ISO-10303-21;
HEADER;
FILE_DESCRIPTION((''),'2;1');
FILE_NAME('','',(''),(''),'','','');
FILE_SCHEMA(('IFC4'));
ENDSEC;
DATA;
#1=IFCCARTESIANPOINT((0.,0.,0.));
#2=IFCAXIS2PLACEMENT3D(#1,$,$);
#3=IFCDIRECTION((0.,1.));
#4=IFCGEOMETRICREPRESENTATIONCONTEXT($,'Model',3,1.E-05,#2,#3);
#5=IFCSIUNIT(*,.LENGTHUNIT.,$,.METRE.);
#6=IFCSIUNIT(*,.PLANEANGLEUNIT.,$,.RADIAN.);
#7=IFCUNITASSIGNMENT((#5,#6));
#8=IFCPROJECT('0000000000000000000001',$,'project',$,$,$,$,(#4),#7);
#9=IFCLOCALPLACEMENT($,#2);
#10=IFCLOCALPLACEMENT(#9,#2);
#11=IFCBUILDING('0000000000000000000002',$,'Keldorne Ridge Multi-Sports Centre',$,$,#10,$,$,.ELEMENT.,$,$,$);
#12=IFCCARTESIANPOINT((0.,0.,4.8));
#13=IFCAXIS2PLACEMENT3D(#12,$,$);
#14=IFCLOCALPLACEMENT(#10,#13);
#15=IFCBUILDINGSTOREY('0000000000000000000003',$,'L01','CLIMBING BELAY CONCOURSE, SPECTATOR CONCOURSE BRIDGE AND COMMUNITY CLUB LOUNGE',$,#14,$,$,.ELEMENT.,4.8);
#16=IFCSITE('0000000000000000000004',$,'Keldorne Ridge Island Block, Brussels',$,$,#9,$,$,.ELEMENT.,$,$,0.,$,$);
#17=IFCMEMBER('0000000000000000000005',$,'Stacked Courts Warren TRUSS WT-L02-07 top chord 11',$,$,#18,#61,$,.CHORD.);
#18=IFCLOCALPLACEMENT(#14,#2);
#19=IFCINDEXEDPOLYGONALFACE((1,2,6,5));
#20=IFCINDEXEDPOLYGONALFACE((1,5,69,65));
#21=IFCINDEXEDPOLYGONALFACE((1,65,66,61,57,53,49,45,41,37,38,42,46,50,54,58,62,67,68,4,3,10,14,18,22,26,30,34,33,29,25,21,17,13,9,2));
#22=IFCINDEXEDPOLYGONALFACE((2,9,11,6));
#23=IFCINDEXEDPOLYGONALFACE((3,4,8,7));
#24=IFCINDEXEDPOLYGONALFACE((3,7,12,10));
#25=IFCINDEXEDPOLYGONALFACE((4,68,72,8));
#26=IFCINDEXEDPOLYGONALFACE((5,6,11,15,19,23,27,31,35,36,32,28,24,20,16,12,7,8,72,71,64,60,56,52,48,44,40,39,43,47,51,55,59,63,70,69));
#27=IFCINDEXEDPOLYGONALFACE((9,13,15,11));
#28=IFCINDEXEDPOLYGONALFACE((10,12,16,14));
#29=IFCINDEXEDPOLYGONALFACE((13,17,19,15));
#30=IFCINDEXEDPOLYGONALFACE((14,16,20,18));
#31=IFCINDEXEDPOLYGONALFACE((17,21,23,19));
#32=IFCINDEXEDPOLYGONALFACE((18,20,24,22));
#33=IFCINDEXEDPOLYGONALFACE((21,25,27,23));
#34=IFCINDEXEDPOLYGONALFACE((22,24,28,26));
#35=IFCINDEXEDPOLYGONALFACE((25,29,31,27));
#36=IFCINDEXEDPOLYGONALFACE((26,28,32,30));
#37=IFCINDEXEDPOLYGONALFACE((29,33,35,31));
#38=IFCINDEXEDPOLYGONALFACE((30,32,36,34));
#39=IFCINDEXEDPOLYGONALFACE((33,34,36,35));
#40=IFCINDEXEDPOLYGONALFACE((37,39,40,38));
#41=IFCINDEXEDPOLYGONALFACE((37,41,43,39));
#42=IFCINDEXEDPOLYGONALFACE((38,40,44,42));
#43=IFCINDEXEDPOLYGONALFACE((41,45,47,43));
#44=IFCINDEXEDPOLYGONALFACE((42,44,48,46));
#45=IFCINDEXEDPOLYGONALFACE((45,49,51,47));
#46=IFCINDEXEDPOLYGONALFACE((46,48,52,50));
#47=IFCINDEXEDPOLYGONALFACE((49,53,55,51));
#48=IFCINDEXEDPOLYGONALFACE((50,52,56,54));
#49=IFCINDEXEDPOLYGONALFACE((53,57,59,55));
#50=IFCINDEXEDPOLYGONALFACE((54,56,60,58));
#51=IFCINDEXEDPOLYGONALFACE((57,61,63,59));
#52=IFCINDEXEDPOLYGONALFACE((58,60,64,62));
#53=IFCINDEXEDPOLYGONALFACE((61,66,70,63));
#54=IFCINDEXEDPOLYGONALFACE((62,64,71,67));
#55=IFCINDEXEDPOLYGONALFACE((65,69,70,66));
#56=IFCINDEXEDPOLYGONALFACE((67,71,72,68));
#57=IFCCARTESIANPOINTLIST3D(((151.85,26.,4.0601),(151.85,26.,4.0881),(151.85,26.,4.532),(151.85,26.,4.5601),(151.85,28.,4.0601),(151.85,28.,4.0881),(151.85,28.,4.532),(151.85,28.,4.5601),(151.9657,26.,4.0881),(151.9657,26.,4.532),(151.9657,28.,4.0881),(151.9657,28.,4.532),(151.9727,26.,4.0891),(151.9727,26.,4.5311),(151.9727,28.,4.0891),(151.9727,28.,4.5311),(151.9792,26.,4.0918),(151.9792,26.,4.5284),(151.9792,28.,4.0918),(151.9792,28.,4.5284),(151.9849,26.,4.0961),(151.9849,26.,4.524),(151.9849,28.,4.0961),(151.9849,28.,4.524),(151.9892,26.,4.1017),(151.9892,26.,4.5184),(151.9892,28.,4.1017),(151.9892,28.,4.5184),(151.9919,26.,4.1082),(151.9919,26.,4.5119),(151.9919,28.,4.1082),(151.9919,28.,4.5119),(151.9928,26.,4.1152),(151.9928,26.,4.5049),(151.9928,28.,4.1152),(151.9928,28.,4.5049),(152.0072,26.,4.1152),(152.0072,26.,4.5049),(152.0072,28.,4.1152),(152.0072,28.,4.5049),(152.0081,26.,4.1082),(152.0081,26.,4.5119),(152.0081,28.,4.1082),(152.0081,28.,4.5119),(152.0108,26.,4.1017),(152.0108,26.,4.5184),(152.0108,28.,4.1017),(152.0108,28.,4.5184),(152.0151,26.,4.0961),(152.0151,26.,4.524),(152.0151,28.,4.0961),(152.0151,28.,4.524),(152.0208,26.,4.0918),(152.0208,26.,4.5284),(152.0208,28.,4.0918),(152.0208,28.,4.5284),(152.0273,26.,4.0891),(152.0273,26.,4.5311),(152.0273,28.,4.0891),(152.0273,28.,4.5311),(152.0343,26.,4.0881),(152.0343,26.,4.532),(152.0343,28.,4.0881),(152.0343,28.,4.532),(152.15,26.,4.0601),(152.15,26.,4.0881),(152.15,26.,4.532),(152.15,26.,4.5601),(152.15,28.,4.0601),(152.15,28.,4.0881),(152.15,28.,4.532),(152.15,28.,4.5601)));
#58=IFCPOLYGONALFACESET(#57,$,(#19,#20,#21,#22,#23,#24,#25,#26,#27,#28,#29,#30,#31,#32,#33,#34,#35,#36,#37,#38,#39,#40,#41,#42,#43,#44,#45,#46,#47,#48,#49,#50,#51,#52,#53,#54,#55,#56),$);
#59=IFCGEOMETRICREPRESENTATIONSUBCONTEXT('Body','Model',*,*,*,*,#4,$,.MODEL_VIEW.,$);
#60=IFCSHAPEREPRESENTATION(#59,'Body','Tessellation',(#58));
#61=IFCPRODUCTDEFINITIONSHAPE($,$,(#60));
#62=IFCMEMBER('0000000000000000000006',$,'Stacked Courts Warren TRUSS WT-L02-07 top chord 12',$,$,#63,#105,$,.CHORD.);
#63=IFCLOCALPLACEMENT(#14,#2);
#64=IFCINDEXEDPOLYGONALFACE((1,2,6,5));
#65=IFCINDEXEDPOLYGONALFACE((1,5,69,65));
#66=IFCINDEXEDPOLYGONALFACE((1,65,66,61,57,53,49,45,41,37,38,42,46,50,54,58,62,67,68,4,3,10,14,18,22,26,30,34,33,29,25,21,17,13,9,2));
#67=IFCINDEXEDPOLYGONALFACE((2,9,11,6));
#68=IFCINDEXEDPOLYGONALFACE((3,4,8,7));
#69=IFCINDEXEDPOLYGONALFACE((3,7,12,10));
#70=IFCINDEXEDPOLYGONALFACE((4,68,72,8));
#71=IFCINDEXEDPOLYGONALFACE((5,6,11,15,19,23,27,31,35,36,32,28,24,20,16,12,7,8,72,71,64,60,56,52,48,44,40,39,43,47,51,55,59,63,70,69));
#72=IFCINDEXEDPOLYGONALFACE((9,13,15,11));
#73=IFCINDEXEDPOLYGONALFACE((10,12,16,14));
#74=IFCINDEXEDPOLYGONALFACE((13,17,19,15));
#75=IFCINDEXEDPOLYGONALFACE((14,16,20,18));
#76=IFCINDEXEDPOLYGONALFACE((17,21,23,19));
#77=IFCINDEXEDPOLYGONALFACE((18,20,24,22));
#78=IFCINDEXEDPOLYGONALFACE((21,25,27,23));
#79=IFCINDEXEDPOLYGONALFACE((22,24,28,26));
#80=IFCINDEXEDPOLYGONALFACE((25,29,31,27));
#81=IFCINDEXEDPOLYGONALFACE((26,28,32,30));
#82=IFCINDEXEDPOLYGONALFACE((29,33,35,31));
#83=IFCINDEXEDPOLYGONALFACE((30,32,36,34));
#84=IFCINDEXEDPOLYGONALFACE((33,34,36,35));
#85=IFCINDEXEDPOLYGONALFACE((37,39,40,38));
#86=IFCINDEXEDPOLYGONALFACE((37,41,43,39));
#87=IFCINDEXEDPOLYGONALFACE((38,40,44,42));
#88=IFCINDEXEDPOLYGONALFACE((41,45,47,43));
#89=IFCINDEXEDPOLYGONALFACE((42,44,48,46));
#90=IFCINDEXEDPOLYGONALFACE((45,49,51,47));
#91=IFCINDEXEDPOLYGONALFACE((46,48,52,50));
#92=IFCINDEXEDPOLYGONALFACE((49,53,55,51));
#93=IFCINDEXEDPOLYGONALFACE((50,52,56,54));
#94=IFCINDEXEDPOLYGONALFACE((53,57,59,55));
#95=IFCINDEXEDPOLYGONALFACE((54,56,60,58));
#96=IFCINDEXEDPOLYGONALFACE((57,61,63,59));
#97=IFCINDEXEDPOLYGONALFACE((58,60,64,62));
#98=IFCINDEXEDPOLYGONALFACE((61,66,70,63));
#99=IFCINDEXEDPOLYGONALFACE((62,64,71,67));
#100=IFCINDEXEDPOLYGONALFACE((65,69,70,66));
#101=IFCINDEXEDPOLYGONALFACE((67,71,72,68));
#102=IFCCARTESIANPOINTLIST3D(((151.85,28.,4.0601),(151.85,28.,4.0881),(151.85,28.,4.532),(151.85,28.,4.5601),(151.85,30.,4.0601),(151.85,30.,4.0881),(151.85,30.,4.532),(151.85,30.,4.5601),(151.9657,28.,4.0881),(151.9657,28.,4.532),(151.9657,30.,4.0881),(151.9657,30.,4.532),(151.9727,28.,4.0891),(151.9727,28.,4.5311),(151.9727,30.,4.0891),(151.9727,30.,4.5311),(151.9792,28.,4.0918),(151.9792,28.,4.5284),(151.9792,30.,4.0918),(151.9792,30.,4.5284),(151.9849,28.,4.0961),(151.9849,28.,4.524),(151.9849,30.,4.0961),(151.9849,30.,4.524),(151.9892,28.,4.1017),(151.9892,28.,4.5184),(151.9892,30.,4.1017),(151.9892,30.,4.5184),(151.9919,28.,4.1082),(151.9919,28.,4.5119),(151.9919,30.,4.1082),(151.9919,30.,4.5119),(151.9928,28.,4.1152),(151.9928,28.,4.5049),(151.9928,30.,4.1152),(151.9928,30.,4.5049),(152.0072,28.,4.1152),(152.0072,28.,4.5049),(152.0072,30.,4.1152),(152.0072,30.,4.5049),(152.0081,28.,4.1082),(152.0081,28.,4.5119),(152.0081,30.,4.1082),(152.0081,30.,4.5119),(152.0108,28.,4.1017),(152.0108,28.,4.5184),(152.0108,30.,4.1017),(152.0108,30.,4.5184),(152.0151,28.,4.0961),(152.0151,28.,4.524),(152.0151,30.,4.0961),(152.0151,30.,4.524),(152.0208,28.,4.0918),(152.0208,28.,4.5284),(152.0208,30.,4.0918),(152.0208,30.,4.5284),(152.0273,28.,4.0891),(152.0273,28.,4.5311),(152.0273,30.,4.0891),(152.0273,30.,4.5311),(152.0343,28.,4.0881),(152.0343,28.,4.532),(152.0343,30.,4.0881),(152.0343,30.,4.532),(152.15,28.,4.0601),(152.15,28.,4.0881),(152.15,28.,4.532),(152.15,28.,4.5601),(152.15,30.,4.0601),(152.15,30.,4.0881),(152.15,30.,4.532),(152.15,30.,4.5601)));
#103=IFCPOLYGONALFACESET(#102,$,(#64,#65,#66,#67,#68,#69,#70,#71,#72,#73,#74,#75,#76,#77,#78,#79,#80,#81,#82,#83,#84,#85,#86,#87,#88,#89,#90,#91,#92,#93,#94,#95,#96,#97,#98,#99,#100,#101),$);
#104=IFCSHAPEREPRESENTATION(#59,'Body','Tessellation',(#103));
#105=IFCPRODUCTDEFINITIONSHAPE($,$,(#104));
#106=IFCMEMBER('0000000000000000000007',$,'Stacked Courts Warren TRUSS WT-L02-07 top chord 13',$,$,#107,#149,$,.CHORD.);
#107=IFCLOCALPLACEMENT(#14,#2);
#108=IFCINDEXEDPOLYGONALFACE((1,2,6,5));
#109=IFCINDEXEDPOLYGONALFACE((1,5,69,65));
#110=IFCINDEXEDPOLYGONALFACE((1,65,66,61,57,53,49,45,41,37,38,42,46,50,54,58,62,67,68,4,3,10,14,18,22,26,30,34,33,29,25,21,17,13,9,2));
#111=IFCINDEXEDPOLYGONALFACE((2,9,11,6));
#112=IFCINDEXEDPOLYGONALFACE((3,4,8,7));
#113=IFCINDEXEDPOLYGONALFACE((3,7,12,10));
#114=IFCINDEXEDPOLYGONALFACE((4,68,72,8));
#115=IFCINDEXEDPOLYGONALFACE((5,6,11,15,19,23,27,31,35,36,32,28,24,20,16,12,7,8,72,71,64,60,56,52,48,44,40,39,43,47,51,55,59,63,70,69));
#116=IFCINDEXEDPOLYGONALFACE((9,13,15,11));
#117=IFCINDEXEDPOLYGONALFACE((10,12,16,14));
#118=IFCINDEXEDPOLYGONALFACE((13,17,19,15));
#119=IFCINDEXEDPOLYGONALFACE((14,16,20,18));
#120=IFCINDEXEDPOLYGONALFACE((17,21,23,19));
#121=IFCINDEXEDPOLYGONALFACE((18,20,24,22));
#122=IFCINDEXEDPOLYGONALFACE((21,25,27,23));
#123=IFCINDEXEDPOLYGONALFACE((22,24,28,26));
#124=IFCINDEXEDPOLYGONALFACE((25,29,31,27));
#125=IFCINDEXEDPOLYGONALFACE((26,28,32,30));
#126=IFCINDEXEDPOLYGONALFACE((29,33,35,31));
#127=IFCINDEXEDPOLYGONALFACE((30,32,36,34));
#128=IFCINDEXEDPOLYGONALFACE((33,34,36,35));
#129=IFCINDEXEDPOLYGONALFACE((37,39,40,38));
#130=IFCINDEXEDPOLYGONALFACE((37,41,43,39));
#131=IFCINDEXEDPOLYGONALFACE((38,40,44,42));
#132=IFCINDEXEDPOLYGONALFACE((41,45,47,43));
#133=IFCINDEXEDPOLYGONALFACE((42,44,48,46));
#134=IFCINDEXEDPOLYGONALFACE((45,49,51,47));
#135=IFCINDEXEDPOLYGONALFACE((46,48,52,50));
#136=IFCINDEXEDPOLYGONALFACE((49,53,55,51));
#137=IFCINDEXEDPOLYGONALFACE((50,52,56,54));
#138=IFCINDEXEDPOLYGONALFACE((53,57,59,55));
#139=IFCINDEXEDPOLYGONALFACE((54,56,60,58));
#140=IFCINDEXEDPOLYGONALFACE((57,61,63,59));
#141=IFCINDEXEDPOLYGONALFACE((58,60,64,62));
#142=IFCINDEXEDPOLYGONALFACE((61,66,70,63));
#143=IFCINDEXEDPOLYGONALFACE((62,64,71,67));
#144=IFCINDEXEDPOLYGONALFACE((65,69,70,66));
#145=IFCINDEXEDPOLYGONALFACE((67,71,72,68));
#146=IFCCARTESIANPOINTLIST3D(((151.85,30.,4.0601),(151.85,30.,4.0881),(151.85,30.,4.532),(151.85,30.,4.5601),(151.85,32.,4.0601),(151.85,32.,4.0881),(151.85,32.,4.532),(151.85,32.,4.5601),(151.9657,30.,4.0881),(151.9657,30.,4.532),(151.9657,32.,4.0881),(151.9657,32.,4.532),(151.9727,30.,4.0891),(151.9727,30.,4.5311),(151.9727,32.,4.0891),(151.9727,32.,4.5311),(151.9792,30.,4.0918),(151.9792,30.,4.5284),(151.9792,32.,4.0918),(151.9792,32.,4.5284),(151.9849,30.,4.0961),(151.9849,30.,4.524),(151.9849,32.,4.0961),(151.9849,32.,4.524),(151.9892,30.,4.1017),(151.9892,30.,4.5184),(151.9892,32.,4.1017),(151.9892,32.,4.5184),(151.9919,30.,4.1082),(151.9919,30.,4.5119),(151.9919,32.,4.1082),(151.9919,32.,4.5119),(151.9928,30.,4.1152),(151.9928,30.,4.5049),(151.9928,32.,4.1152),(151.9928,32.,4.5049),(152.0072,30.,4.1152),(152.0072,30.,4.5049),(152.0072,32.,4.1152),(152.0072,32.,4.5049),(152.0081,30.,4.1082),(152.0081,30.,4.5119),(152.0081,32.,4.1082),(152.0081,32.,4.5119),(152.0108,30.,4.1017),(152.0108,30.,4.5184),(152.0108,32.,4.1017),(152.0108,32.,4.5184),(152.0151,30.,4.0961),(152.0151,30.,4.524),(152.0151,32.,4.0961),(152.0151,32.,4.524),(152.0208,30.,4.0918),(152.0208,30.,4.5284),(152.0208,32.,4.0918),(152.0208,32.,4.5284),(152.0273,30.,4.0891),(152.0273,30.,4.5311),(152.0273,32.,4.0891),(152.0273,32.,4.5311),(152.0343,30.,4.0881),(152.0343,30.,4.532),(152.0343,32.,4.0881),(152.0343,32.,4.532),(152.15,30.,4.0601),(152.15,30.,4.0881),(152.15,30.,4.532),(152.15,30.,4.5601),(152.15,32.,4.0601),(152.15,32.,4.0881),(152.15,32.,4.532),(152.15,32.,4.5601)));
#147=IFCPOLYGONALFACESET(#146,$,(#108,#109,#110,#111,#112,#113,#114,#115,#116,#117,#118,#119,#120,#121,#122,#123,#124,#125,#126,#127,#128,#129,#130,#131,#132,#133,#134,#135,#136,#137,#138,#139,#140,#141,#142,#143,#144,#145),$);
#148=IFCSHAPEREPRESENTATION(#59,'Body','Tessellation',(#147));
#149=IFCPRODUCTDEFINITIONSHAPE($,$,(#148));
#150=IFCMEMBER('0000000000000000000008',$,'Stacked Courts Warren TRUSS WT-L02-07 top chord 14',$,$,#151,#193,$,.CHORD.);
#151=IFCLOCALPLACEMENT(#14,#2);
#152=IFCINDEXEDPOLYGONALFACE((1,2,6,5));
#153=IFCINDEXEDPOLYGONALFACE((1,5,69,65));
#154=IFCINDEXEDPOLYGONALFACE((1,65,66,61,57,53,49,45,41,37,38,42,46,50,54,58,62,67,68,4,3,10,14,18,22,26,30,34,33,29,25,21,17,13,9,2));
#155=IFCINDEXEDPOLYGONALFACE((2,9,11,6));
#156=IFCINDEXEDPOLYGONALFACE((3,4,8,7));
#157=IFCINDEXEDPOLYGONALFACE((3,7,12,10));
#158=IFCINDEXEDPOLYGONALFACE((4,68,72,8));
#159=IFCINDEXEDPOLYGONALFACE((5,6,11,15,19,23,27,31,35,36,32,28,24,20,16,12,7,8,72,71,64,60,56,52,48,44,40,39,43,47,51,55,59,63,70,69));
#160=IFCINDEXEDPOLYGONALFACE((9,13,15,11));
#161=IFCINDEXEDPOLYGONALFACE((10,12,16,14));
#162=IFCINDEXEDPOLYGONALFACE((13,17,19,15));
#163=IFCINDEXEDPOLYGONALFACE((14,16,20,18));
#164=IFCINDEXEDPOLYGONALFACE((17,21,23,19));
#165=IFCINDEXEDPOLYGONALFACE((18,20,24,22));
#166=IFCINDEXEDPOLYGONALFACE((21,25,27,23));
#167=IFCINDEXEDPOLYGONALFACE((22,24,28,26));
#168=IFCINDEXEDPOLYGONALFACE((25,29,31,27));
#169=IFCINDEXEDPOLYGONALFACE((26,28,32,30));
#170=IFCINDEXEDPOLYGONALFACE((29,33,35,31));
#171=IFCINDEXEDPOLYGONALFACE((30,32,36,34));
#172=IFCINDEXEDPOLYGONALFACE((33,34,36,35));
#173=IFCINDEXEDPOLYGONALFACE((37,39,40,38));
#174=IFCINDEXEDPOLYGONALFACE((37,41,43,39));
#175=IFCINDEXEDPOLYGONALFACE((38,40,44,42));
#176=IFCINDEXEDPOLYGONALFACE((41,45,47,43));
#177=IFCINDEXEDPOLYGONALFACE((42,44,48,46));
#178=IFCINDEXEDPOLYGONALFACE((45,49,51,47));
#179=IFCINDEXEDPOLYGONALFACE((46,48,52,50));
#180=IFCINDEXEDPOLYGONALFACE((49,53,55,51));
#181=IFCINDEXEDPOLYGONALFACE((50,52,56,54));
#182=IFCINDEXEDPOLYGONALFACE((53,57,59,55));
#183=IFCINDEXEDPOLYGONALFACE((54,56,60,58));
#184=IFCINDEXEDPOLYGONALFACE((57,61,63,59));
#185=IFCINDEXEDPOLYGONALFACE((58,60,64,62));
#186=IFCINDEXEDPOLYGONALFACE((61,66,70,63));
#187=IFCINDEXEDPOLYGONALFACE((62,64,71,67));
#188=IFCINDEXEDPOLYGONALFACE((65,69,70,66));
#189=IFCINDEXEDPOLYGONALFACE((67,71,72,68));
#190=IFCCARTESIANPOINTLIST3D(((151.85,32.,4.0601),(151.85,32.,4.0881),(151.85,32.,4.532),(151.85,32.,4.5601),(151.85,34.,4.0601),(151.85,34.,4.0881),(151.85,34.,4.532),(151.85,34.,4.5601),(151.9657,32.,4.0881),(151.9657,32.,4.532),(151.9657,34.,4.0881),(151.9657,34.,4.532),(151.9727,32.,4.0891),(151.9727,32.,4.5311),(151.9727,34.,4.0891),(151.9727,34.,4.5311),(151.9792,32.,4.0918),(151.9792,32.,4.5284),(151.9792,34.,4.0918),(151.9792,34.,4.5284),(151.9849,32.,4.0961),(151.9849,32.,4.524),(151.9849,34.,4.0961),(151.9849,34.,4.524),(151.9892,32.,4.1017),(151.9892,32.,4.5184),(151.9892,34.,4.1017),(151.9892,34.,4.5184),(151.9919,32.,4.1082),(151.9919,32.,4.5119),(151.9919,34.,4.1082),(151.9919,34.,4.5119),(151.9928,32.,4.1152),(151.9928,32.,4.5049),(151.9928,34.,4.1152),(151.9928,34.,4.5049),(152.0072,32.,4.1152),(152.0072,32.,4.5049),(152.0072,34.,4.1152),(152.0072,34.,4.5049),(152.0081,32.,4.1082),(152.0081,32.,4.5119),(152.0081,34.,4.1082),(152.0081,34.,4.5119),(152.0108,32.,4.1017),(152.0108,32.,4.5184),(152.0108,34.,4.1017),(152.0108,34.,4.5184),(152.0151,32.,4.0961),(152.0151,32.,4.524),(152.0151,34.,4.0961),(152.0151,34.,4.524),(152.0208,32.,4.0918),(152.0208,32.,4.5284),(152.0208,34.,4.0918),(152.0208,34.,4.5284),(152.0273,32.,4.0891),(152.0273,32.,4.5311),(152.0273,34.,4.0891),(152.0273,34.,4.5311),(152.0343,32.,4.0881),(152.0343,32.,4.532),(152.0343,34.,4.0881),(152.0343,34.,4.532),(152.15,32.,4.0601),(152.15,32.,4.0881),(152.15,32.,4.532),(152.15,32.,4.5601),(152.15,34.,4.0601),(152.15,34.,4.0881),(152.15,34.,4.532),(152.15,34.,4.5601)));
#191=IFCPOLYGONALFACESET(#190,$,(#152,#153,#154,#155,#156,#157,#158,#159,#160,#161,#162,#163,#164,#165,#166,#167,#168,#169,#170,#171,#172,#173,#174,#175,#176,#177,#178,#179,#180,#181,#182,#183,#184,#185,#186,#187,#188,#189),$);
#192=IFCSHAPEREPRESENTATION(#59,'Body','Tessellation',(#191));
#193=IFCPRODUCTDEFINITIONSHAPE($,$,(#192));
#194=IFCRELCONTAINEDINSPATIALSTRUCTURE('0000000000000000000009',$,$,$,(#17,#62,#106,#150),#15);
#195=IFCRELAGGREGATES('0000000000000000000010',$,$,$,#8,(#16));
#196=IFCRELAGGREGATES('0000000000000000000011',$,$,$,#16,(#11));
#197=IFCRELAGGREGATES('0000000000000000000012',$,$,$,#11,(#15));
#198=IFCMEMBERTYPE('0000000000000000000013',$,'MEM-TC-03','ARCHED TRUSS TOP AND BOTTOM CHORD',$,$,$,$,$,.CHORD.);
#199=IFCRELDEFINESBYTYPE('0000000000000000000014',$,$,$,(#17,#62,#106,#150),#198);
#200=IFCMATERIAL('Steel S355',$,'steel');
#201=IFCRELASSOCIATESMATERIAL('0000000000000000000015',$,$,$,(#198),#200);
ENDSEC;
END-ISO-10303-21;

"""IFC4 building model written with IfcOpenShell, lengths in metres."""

from ifc_helpers import new_model, si_unit, direction, frame, origin, origin_2d, place, context, subcontext, project, spatial, i_section, extrude, material, material_profile, profile_set, type_object, element, save


model = new_model("IFC4")

# Units and contexts
model_context = context("Model", 3, precision=1e-05, world=origin(), true_north=direction((0.0, 1.0)))
body_context = subcontext(model_context, "Body", "Model", "MODEL_VIEW")
ifc_project = project(units=[si_unit("LENGTHUNIT", "METRE"), si_unit("PLANEANGLEUNIT", "RADIAN")], contexts=[model_context])

# Site, building, storey
site_placement = place(None, origin())
site = spatial("IfcSite", under=ifc_project, at=site_placement, Name="Keldorne Ridge Island Block, Brussels", CompositionType="ELEMENT", RefElevation=0.0)
building_placement = place(site_placement, origin())
building = spatial("IfcBuilding", under=site, at=building_placement, Name="Keldorne Ridge Multi-Sports Centre", CompositionType="ELEMENT")
storey_placement = place(building_placement, frame((0.0, 0.0, 4.8)))
storey = spatial("IfcBuildingStorey", under=building, at=storey_placement, Name="L01", Description="CLIMBING BELAY CONCOURSE, SPECTATOR CONCOURSE BRIDGE AND COMMUNITY CLUB LOUNGE", CompositionType="ELEMENT", Elevation=4.8)

# Members
ifc_material = material(Name="Steel S355", Category="steel")
ifc_material_profile_1 = material_profile(ifc_material, i_section(OverallWidth=0.3, OverallDepth=0.5, WebThickness=0.0144, FlangeThickness=0.0281, FilletRadius=0.0271, at=origin_2d()), Name="HEB 500")
ifc_profile_set_1 = profile_set([ifc_material_profile_1], Name="Steel S355")
member_type_1 = type_object("IfcMemberType", Name="MEM-TC-03", Description="ARCHED TRUSS TOP AND BOTTOM CHORD", PredefinedType="CHORD", material=ifc_profile_set_1)
for number, where, z_axis, x_axis, name in (
    (1, (152.0, 26.0, 4.3101), (0.0, 1.0, 0.0), (-1.0, 0.0, 0.0), "Stacked Courts Warren TRUSS WT-L02-07 top chord 11"),
    (2, (152.0, 28.0, 4.3101), (0.0, 1.0, 0.0), (-1.0, 0.0, 0.0), "Stacked Courts Warren TRUSS WT-L02-07 top chord 12"),
    (3, (152.0, 30.0, 4.3101), (0.0, 1.0, 0.0), (-1.0, 0.0, 0.0), "Stacked Courts Warren TRUSS WT-L02-07 top chord 13"),
    (4, (152.0, 32.0, 4.3101), (0.0, 1.0, 0.0), (-1.0, 0.0, 0.0), "Stacked Courts Warren TRUSS WT-L02-07 top chord 14"),
):
    element("IfcMember", number, at=place(storey_placement, frame(where, z_axis=z_axis, x_axis=x_axis)), inside=storey, type_object=member_type_1, Name=name, PredefinedType="CHORD", context=body_context, shape_type="SweptSolid", body=[
        extrude(i_section(OverallWidth=0.3, OverallDepth=0.5, WebThickness=0.0144, FlangeThickness=0.0281, FilletRadius=0.0271, at=origin_2d()), origin(), (0.0, 0.0, 1.0), 2.0),
    ])

save(model, "model.ifc")
